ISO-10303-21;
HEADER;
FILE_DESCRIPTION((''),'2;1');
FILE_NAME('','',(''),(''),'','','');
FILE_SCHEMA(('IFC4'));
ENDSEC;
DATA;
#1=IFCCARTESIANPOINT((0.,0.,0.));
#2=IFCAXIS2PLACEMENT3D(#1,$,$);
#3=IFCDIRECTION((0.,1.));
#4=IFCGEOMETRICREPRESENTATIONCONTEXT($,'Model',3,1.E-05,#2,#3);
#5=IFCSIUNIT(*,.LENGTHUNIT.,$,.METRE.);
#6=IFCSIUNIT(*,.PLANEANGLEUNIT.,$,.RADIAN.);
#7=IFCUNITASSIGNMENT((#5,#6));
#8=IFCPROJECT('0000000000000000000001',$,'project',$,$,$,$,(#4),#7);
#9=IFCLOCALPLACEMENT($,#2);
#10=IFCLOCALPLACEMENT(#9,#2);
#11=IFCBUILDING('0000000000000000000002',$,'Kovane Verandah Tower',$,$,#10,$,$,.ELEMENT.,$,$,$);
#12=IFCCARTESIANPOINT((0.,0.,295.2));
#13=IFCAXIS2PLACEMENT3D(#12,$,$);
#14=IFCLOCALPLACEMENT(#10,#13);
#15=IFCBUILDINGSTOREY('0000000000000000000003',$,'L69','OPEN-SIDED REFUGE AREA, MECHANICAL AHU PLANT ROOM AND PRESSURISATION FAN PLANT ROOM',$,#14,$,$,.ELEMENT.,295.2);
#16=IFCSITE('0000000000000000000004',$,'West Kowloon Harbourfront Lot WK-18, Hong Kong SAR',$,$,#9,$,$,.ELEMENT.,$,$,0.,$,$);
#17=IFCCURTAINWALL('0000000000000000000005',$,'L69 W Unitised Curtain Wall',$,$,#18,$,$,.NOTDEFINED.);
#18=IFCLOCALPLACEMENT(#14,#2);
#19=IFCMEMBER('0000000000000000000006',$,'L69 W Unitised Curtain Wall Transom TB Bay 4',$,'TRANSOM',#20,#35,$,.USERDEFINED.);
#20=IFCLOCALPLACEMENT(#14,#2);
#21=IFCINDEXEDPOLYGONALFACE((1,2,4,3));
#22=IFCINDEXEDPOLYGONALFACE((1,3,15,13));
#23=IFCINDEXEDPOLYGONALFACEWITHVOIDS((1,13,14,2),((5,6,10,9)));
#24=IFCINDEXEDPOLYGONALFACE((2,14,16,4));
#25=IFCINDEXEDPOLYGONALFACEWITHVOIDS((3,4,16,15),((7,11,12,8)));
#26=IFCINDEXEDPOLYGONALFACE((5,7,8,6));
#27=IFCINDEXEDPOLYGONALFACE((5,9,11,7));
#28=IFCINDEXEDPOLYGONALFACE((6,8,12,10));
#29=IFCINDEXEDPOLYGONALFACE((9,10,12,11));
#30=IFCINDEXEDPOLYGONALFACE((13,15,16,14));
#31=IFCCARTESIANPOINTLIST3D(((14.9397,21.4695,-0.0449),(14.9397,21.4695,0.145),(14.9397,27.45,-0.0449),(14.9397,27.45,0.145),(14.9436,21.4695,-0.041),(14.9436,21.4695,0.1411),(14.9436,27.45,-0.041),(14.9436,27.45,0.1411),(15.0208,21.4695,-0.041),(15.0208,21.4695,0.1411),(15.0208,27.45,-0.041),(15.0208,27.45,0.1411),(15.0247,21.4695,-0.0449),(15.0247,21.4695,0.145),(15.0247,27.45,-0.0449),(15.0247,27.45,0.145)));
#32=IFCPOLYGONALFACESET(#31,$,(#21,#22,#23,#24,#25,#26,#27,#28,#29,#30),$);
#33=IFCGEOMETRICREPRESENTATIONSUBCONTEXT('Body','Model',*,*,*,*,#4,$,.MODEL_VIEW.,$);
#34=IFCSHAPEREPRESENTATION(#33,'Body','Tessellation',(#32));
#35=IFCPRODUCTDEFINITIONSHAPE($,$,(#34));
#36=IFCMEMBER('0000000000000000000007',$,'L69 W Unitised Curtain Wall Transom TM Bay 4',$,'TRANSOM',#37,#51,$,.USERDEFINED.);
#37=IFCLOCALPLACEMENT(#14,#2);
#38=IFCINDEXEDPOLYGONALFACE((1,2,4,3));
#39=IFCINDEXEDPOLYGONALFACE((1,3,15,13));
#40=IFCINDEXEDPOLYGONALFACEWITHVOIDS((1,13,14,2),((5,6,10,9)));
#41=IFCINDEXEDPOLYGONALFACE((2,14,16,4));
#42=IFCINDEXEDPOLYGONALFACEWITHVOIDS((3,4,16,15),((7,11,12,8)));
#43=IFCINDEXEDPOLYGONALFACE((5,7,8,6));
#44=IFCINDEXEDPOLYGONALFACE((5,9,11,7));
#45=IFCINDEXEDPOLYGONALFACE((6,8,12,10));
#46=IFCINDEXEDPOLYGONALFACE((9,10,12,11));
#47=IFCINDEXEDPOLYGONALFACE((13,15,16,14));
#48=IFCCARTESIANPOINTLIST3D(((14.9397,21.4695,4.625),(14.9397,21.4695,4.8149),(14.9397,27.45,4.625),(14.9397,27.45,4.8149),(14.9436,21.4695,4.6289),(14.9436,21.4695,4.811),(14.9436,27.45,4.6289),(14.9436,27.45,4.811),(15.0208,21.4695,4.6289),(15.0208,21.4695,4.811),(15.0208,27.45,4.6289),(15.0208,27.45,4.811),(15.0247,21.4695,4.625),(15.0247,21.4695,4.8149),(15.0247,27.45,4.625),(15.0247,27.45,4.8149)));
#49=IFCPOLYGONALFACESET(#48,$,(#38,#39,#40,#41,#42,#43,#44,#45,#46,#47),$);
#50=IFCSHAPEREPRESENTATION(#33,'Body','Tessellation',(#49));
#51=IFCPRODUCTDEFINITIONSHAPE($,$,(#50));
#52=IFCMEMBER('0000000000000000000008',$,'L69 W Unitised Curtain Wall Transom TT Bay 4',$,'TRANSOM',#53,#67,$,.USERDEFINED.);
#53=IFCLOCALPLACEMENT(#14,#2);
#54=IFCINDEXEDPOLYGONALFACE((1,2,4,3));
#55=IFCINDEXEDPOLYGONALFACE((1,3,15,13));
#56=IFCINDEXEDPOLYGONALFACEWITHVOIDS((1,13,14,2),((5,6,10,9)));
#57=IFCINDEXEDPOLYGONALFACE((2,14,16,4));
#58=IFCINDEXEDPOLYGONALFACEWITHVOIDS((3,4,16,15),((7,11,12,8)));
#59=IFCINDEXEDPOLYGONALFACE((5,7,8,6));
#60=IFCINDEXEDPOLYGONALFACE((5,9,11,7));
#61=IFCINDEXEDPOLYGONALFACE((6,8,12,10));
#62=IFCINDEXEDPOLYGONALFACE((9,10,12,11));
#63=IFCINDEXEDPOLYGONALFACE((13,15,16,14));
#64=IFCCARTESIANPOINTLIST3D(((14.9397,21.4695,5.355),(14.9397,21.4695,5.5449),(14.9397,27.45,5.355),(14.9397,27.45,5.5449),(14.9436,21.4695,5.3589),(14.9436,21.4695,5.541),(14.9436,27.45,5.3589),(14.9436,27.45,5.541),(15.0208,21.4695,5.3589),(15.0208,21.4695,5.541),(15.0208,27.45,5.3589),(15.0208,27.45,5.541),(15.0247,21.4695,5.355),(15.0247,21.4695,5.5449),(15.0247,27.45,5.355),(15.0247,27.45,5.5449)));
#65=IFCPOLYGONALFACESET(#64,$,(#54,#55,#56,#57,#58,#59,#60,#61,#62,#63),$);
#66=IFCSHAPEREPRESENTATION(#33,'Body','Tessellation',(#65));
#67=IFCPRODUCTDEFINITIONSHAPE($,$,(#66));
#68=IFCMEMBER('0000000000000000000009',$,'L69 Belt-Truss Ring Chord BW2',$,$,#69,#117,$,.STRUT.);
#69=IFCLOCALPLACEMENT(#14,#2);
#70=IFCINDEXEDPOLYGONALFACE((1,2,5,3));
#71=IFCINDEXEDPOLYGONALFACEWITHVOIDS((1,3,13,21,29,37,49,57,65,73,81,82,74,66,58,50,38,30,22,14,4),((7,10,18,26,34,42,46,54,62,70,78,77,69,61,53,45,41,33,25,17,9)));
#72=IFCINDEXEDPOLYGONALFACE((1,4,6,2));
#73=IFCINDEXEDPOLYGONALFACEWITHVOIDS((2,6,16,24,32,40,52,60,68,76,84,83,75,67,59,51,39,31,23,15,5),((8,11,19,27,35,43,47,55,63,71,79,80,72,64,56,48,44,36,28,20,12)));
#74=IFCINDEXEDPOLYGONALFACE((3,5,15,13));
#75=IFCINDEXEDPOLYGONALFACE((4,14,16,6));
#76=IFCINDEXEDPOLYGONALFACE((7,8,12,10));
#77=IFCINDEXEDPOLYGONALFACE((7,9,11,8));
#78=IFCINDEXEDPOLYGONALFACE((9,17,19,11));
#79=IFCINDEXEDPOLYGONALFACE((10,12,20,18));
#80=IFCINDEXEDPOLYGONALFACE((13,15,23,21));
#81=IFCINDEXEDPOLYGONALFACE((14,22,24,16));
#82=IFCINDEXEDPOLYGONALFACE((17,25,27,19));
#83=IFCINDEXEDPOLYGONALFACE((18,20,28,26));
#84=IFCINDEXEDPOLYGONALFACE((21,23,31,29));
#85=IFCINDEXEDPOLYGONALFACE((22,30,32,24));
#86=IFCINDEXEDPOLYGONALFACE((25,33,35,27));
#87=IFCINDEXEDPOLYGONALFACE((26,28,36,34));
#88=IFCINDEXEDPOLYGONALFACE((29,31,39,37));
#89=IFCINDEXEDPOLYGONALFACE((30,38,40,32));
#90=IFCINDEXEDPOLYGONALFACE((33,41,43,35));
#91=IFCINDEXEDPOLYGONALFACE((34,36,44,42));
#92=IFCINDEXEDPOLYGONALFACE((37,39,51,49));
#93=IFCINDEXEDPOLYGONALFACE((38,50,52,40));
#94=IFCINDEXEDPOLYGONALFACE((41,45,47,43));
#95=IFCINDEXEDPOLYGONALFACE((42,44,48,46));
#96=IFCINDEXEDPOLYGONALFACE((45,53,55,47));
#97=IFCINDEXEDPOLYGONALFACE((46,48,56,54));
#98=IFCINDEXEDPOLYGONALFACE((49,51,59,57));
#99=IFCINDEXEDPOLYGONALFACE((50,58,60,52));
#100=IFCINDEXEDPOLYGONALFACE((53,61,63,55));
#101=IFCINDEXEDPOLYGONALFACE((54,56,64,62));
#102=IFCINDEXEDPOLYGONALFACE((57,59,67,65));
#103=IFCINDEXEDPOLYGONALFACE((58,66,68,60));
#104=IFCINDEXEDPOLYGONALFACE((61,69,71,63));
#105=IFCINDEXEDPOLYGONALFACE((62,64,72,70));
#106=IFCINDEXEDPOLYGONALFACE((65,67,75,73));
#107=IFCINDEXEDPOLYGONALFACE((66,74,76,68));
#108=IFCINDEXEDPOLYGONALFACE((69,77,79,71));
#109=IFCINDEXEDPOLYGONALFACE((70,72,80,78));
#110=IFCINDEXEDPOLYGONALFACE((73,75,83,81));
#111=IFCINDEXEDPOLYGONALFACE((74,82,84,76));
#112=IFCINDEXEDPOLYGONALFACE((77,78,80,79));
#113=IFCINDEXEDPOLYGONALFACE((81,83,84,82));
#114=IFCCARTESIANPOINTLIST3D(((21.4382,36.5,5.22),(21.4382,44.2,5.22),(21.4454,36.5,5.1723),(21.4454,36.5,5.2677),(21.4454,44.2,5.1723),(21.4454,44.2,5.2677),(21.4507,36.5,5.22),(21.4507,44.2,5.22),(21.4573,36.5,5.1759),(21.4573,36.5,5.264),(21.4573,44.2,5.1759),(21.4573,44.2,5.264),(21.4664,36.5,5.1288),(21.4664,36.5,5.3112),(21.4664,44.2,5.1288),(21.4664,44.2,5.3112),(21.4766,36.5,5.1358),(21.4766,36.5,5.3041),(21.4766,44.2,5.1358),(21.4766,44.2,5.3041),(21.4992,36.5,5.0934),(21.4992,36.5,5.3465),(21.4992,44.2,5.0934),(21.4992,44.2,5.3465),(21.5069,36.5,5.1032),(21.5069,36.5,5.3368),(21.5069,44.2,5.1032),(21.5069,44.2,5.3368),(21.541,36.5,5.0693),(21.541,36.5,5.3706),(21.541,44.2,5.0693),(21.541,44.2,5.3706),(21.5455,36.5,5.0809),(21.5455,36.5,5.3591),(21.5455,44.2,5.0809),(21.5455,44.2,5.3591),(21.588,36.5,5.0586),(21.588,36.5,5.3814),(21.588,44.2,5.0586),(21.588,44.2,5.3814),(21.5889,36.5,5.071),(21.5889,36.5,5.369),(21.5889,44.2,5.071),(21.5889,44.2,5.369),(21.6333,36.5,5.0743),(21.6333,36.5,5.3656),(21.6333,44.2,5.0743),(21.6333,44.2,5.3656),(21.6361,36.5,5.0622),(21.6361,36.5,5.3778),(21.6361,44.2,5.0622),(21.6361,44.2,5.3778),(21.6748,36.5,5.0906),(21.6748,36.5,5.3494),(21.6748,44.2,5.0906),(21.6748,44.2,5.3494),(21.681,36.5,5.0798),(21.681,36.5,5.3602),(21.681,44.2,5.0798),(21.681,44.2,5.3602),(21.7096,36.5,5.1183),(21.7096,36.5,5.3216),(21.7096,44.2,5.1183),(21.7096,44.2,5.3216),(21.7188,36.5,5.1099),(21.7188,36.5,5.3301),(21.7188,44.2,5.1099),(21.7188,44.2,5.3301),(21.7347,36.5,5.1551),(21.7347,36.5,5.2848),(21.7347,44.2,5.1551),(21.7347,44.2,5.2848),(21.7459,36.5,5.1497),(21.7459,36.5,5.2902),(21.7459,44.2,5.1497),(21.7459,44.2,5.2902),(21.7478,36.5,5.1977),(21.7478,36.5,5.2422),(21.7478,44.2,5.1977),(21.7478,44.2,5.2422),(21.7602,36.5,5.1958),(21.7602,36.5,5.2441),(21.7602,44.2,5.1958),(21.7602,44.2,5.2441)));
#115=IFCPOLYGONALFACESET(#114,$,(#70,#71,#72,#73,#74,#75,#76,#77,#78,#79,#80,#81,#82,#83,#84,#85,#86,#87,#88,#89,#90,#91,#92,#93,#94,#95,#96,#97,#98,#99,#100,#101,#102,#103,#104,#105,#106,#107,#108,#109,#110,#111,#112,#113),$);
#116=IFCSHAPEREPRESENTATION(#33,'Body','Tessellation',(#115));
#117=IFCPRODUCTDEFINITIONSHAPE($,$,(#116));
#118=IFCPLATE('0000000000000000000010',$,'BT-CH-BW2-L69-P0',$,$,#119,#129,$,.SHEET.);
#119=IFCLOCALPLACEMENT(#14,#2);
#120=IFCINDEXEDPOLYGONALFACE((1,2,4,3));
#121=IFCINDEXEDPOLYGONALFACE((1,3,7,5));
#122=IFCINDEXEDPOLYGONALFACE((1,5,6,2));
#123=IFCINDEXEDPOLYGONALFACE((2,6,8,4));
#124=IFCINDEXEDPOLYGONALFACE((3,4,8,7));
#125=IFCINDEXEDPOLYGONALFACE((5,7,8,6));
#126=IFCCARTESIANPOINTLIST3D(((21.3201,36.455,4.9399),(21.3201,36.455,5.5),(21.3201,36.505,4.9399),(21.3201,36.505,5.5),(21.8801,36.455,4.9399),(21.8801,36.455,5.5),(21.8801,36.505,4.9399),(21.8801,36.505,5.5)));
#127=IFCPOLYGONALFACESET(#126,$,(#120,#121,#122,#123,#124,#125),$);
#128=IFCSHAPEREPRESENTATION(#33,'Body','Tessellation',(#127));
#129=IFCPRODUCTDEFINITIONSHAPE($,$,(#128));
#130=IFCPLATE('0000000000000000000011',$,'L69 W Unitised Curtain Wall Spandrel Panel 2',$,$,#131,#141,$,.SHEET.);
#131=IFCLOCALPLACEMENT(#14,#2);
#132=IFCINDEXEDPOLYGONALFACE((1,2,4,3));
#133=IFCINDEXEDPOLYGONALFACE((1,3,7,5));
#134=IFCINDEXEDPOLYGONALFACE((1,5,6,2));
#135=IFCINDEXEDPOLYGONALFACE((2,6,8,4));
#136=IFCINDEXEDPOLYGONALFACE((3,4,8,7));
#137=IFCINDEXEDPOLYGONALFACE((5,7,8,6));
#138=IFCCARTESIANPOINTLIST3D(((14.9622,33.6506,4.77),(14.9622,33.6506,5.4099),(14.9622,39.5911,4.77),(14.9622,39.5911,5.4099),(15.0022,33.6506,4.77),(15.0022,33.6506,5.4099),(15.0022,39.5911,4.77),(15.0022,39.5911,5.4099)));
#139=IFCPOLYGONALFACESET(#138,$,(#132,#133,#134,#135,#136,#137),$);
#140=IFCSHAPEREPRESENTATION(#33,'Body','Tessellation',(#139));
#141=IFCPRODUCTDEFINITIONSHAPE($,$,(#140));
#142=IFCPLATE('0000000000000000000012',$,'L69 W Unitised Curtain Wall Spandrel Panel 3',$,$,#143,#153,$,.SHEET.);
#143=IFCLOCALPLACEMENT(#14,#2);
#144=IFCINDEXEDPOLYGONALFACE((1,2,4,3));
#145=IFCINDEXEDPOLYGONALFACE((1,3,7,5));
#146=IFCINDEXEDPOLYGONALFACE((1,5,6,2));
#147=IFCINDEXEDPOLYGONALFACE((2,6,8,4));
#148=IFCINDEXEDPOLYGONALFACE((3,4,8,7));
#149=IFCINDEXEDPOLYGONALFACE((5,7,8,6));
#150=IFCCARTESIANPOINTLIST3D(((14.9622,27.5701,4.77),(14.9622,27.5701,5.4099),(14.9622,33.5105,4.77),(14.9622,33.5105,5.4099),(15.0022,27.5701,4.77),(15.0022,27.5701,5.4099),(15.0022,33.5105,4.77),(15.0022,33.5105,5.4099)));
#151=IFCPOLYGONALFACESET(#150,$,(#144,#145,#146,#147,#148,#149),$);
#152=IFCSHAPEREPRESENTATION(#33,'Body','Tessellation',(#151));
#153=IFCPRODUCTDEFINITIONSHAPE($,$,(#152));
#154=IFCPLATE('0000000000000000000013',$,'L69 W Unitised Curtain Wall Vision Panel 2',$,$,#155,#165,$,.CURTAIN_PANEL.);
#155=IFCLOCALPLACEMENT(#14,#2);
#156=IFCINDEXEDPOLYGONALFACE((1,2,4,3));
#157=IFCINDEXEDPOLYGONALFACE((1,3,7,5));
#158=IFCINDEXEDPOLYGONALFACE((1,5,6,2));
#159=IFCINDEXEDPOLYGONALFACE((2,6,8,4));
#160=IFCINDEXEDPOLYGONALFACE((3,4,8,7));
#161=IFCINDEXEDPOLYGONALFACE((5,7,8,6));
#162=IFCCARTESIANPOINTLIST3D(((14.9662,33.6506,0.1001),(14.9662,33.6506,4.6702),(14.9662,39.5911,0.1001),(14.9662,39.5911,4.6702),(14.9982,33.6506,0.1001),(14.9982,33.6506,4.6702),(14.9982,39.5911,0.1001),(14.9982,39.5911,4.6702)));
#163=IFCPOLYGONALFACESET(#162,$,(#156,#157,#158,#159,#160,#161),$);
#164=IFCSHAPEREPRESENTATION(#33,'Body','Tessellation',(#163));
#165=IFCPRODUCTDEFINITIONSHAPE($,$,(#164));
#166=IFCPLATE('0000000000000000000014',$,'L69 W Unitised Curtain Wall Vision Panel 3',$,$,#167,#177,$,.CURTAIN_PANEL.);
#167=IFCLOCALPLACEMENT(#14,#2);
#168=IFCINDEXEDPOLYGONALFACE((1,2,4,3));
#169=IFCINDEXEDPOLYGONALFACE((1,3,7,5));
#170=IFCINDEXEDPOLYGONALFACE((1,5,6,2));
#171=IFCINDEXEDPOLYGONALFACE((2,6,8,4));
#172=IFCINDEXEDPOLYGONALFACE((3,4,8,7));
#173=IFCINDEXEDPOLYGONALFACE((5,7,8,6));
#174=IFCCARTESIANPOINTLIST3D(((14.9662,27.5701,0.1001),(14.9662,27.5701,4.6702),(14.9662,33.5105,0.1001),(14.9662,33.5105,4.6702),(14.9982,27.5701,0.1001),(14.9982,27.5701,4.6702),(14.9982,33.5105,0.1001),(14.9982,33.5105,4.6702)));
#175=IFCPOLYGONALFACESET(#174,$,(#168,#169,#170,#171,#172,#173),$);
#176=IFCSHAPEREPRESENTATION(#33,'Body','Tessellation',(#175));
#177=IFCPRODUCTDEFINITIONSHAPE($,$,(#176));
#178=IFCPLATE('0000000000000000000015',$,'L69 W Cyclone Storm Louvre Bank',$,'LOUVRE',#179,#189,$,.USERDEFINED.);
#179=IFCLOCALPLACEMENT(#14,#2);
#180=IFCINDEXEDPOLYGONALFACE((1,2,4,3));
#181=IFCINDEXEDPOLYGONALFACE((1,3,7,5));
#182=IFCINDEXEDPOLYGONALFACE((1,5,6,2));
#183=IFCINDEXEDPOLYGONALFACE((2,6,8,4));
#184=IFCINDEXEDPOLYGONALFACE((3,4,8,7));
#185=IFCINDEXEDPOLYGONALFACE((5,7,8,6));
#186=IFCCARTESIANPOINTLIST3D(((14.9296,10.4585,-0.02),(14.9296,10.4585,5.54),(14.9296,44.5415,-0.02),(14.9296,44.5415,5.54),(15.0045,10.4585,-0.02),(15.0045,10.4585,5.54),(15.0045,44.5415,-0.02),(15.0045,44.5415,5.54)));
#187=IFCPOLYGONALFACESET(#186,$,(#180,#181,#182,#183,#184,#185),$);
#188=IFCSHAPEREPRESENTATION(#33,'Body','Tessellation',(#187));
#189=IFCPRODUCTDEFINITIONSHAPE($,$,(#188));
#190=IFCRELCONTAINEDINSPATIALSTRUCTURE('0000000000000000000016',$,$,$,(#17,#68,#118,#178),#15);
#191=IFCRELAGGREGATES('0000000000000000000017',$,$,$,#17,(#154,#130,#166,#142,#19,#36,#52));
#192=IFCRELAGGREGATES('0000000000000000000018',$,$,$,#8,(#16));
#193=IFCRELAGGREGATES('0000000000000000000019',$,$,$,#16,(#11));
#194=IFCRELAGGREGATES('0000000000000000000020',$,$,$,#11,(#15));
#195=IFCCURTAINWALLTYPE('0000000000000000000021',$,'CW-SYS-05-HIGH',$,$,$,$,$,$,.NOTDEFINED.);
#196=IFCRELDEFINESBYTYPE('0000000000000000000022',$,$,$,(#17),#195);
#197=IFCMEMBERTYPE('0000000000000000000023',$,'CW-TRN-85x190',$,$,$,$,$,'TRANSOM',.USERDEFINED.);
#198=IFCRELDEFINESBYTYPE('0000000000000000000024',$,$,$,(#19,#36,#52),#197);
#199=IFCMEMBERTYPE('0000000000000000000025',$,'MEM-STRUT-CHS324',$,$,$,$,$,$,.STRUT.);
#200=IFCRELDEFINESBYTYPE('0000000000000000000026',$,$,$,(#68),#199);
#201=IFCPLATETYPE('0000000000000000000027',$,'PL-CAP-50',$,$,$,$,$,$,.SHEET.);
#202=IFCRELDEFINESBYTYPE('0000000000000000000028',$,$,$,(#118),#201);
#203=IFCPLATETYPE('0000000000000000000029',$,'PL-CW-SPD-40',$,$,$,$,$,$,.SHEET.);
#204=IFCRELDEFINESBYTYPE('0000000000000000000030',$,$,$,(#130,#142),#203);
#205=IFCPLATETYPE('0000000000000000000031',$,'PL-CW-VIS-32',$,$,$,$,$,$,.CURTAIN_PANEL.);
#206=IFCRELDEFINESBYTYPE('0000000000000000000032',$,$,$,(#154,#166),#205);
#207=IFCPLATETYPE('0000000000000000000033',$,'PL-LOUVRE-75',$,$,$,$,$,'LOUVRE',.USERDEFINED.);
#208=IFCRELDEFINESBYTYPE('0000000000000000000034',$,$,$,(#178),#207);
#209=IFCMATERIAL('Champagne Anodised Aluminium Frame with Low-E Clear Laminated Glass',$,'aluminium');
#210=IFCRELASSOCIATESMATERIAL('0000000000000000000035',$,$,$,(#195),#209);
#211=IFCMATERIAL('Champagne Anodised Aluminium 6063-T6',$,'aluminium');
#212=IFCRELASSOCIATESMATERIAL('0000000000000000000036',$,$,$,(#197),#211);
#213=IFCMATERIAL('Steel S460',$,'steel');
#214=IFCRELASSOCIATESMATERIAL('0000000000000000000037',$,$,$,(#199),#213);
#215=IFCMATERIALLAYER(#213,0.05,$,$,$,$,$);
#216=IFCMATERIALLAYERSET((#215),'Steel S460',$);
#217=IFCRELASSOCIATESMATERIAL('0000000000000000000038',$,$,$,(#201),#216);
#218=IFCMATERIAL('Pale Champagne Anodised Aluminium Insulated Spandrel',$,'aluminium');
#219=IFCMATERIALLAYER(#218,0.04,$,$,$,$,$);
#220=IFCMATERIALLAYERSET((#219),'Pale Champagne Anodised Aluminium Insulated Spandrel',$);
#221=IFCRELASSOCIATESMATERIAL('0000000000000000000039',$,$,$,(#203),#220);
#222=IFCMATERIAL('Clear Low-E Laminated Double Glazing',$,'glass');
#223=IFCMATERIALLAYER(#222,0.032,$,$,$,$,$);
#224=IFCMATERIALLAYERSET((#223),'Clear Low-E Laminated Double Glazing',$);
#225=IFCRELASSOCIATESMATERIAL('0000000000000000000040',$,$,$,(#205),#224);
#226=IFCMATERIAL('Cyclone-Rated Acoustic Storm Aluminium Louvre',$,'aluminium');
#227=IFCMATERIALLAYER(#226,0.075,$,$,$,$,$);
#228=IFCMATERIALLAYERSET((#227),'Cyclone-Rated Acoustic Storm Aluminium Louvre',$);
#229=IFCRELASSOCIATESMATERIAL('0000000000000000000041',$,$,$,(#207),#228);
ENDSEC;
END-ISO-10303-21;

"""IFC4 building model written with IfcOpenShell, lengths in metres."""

from ifc_helpers import new_model, si_unit, direction, frame, origin, origin_2d, place, context, subcontext, project, spatial, rectangle, hollow_rectangle, hollow_circle, extrude, material, layer, layer_set, material_profile, profile_set, type_object, element, aggregate, save


model = new_model("IFC4")

# Units and contexts
model_context = context("Model", 3, precision=1e-05, world=origin(), true_north=direction((0.0, 1.0)))
body_context = subcontext(model_context, "Body", "Model", "MODEL_VIEW")
ifc_project = project(units=[si_unit("LENGTHUNIT", "METRE"), si_unit("PLANEANGLEUNIT", "RADIAN")], contexts=[model_context])

# Site, building, storey
site_placement = place(None, origin())
site = spatial("IfcSite", under=ifc_project, at=site_placement, Name="West Kowloon Harbourfront Lot WK-18, Hong Kong SAR", CompositionType="ELEMENT", RefElevation=0.0)
building_placement = place(site_placement, origin())
building = spatial("IfcBuilding", under=site, at=building_placement, Name="Kovane Verandah Tower", CompositionType="ELEMENT")
storey_placement = place(building_placement, frame((0.0, 0.0, 295.2)))
storey = spatial("IfcBuildingStorey", under=building, at=storey_placement, Name="L69", Description="OPEN-SIDED REFUGE AREA, MECHANICAL AHU PLANT ROOM AND PRESSURISATION FAN PLANT ROOM", CompositionType="ELEMENT", Elevation=295.2)

# Shared definitions
ifc_material_1 = material(Name="Steel S460", Category="steel")

# Curtain wall, members
ifc_material_2 = material(Name="Champagne Anodised Aluminium Frame with Low-E Clear Laminated Glass", Category="aluminium")
curtain_wall_type = type_object("IfcCurtainWallType", Name="CW-SYS-05-HIGH", PredefinedType="NOTDEFINED", material=ifc_material_2)
curtain_wall_placement = place(storey_placement, origin())
curtain_wall = element("IfcCurtainWall", 1, at=curtain_wall_placement, inside=storey, type_object=curtain_wall_type, Name="L69 W Unitised Curtain Wall", PredefinedType="NOTDEFINED")
ifc_material_3 = material(Name="Champagne Anodised Aluminium 6063-T6", Category="aluminium")
ifc_material_profile_1 = material_profile(ifc_material_3, hollow_rectangle(XDim=0.085, YDim=0.1899, WallThickness=0.0039, at=origin_2d()), Name="AL85x190x4")
ifc_profile_set_1 = profile_set([ifc_material_profile_1], Name="Champagne Anodised Aluminium 6063-T6")
member_type_1 = type_object("IfcMemberType", Name="CW-TRN-85x190", ElementType="TRANSOM", PredefinedType="USERDEFINED", material=ifc_profile_set_1)
member_1_placement = place(storey_placement, frame((14.9822, 27.45, 0.05), z_axis=(0.0, -1.0, 0.0), x_axis=(1.0, 0.0, 0.0)))
member_1 = element("IfcMember", 2, at=member_1_placement, type_object=member_type_1, Name="L69 W Unitised Curtain Wall Transom TB Bay 4", ObjectType="TRANSOM", PredefinedType="USERDEFINED", context=body_context, shape_type="SweptSolid", body=[
    extrude(hollow_rectangle(XDim=0.085, YDim=0.1899, WallThickness=0.0039, at=origin_2d()), origin(), (0.0, 0.0, 1.0), 5.9805),
])
member_2_placement = place(storey_placement, frame((14.9822, 27.45, 4.72), z_axis=(0.0, -1.0, 0.0), x_axis=(1.0, 0.0, 0.0)))
member_2 = element("IfcMember", 3, at=member_2_placement, type_object=member_type_1, Name="L69 W Unitised Curtain Wall Transom TM Bay 4", ObjectType="TRANSOM", PredefinedType="USERDEFINED", context=body_context, shape_type="SweptSolid", body=[
    extrude(hollow_rectangle(XDim=0.085, YDim=0.1899, WallThickness=0.0039, at=origin_2d()), origin(), (0.0, 0.0, 1.0), 5.9805),
])
member_3_placement = place(storey_placement, frame((14.9822, 27.45, 5.45), z_axis=(0.0, -1.0, 0.0), x_axis=(1.0, 0.0, 0.0)))
member_3 = element("IfcMember", 4, at=member_3_placement, type_object=member_type_1, Name="L69 W Unitised Curtain Wall Transom TT Bay 4", ObjectType="TRANSOM", PredefinedType="USERDEFINED", context=body_context, shape_type="SweptSolid", body=[
    extrude(hollow_rectangle(XDim=0.085, YDim=0.1899, WallThickness=0.0039, at=origin_2d()), origin(), (0.0, 0.0, 1.0), 5.9805),
])

# Member
ifc_material_profile_2 = material_profile(ifc_material_1, hollow_circle(Radius=0.1619, WallThickness=0.0125, at=origin_2d()), Name="CHS323.9x12.5")
ifc_profile_set_2 = profile_set([ifc_material_profile_2], Name="Steel S460")
member_type_2 = type_object("IfcMemberType", Name="MEM-STRUT-CHS324", PredefinedType="STRUT", material=ifc_profile_set_2)
member_4_placement = place(storey_placement, frame((21.6001, 36.5, 5.22), z_axis=(0.0, 1.0, 0.0), x_axis=(-1.0, 0.0, 0.0)))
element("IfcMember", 5, at=member_4_placement, inside=storey, type_object=member_type_2, Name="L69 Belt-Truss Ring Chord BW2", PredefinedType="STRUT", context=body_context, shape_type="SweptSolid", body=[
    extrude(hollow_circle(Radius=0.1619, WallThickness=0.0125, at=origin_2d()), origin(), (0.0, 0.0, 1.0), 7.7),
])

# Plates
ifc_layer_1 = layer(ifc_material_1, 0.05)
ifc_layer_set_1 = layer_set([ifc_layer_1], Name="Steel S460")
plate_type_1 = type_object("IfcPlateType", Name="PL-CAP-50", PredefinedType="SHEET", material=ifc_layer_set_1)
plate_1_placement = place(storey_placement, frame((21.6001, 36.48, 4.9399), z_axis=(0.0, 0.0, 1.0), x_axis=(0.0, 1.0, 0.0)))
element("IfcPlate", 6, at=plate_1_placement, inside=storey, type_object=plate_type_1, Name="BT-CH-BW2-L69-P0", PredefinedType="SHEET", context=body_context, shape_type="SweptSolid", body=[
    extrude(rectangle(XDim=0.05, YDim=0.5601, at=origin_2d()), origin(), (0.0, 0.0, 1.0), 0.5601),
])
ifc_material_4 = material(Name="Pale Champagne Anodised Aluminium Insulated Spandrel", Category="aluminium")
ifc_layer_2 = layer(ifc_material_4, 0.04)
ifc_layer_set_2 = layer_set([ifc_layer_2], Name="Pale Champagne Anodised Aluminium Insulated Spandrel")
plate_type_2 = type_object("IfcPlateType", Name="PL-CW-SPD-40", PredefinedType="SHEET", material=ifc_layer_set_2)
plate_2_placement = place(storey_placement, frame((14.9822, 36.6208, 4.77), z_axis=(0.0, 0.0, 1.0), x_axis=(0.0, -1.0, 0.0)))
plate_2 = element("IfcPlate", 7, at=plate_2_placement, type_object=plate_type_2, Name="L69 W Unitised Curtain Wall Spandrel Panel 2", PredefinedType="SHEET", context=body_context, shape_type="SweptSolid", body=[
    extrude(rectangle(XDim=5.9404, YDim=0.04, at=origin_2d()), origin(), (0.0, 0.0, 1.0), 0.6399),
])
plate_3_placement = place(storey_placement, frame((14.9822, 30.5403, 4.77), z_axis=(0.0, 0.0, 1.0), x_axis=(0.0, -1.0, 0.0)))
plate_3 = element("IfcPlate", 8, at=plate_3_placement, type_object=plate_type_2, Name="L69 W Unitised Curtain Wall Spandrel Panel 3", PredefinedType="SHEET", context=body_context, shape_type="SweptSolid", body=[
    extrude(rectangle(XDim=5.9404, YDim=0.04, at=origin_2d()), origin(), (0.0, 0.0, 1.0), 0.6399),
])
ifc_material_5 = material(Name="Clear Low-E Laminated Double Glazing", Category="glass")
ifc_layer_3 = layer(ifc_material_5, 0.032)
ifc_layer_set_3 = layer_set([ifc_layer_3], Name="Clear Low-E Laminated Double Glazing")
plate_type_3 = type_object("IfcPlateType", Name="PL-CW-VIS-32", PredefinedType="CURTAIN_PANEL", material=ifc_layer_set_3)
plate_4_placement = place(storey_placement, frame((14.9822, 36.6208, 0.1001), z_axis=(0.0, 0.0, 1.0), x_axis=(0.0, -1.0, 0.0)))
plate_4 = element("IfcPlate", 9, at=plate_4_placement, type_object=plate_type_3, Name="L69 W Unitised Curtain Wall Vision Panel 2", PredefinedType="CURTAIN_PANEL", context=body_context, shape_type="SweptSolid", body=[
    extrude(rectangle(XDim=5.9404, YDim=0.032, at=origin_2d()), origin(), (0.0, 0.0, 1.0), 4.5701),
])
plate_5_placement = place(storey_placement, frame((14.9822, 30.5403, 0.1001), z_axis=(0.0, 0.0, 1.0), x_axis=(0.0, -1.0, 0.0)))
plate_5 = element("IfcPlate", 10, at=plate_5_placement, type_object=plate_type_3, Name="L69 W Unitised Curtain Wall Vision Panel 3", PredefinedType="CURTAIN_PANEL", context=body_context, shape_type="SweptSolid", body=[
    extrude(rectangle(XDim=5.9404, YDim=0.032, at=origin_2d()), origin(), (0.0, 0.0, 1.0), 4.5701),
])
aggregate(curtain_wall, [plate_4, plate_2, plate_5, plate_3, member_1, member_2, member_3])
ifc_material_6 = material(Name="Cyclone-Rated Acoustic Storm Aluminium Louvre", Category="aluminium")
ifc_layer_4 = layer(ifc_material_6, 0.075)
ifc_layer_set_4 = layer_set([ifc_layer_4], Name="Cyclone-Rated Acoustic Storm Aluminium Louvre")
plate_type_4 = type_object("IfcPlateType", Name="PL-LOUVRE-75", ElementType="LOUVRE", PredefinedType="USERDEFINED", material=ifc_layer_set_4)
plate_6_placement = place(storey_placement, frame((14.967, 27.5, -0.02), z_axis=(0.0, 0.0, 1.0), x_axis=(0.0, -1.0, 0.0)))
element("IfcPlate", 11, at=plate_6_placement, inside=storey, type_object=plate_type_4, Name="L69 W Cyclone Storm Louvre Bank", ObjectType="LOUVRE", PredefinedType="USERDEFINED", context=body_context, shape_type="SweptSolid", body=[
    extrude(rectangle(XDim=34.083, YDim=0.075, at=origin_2d()), origin(), (0.0, 0.0, 1.0), 5.5601),
])

save(model, "model.ifc")
